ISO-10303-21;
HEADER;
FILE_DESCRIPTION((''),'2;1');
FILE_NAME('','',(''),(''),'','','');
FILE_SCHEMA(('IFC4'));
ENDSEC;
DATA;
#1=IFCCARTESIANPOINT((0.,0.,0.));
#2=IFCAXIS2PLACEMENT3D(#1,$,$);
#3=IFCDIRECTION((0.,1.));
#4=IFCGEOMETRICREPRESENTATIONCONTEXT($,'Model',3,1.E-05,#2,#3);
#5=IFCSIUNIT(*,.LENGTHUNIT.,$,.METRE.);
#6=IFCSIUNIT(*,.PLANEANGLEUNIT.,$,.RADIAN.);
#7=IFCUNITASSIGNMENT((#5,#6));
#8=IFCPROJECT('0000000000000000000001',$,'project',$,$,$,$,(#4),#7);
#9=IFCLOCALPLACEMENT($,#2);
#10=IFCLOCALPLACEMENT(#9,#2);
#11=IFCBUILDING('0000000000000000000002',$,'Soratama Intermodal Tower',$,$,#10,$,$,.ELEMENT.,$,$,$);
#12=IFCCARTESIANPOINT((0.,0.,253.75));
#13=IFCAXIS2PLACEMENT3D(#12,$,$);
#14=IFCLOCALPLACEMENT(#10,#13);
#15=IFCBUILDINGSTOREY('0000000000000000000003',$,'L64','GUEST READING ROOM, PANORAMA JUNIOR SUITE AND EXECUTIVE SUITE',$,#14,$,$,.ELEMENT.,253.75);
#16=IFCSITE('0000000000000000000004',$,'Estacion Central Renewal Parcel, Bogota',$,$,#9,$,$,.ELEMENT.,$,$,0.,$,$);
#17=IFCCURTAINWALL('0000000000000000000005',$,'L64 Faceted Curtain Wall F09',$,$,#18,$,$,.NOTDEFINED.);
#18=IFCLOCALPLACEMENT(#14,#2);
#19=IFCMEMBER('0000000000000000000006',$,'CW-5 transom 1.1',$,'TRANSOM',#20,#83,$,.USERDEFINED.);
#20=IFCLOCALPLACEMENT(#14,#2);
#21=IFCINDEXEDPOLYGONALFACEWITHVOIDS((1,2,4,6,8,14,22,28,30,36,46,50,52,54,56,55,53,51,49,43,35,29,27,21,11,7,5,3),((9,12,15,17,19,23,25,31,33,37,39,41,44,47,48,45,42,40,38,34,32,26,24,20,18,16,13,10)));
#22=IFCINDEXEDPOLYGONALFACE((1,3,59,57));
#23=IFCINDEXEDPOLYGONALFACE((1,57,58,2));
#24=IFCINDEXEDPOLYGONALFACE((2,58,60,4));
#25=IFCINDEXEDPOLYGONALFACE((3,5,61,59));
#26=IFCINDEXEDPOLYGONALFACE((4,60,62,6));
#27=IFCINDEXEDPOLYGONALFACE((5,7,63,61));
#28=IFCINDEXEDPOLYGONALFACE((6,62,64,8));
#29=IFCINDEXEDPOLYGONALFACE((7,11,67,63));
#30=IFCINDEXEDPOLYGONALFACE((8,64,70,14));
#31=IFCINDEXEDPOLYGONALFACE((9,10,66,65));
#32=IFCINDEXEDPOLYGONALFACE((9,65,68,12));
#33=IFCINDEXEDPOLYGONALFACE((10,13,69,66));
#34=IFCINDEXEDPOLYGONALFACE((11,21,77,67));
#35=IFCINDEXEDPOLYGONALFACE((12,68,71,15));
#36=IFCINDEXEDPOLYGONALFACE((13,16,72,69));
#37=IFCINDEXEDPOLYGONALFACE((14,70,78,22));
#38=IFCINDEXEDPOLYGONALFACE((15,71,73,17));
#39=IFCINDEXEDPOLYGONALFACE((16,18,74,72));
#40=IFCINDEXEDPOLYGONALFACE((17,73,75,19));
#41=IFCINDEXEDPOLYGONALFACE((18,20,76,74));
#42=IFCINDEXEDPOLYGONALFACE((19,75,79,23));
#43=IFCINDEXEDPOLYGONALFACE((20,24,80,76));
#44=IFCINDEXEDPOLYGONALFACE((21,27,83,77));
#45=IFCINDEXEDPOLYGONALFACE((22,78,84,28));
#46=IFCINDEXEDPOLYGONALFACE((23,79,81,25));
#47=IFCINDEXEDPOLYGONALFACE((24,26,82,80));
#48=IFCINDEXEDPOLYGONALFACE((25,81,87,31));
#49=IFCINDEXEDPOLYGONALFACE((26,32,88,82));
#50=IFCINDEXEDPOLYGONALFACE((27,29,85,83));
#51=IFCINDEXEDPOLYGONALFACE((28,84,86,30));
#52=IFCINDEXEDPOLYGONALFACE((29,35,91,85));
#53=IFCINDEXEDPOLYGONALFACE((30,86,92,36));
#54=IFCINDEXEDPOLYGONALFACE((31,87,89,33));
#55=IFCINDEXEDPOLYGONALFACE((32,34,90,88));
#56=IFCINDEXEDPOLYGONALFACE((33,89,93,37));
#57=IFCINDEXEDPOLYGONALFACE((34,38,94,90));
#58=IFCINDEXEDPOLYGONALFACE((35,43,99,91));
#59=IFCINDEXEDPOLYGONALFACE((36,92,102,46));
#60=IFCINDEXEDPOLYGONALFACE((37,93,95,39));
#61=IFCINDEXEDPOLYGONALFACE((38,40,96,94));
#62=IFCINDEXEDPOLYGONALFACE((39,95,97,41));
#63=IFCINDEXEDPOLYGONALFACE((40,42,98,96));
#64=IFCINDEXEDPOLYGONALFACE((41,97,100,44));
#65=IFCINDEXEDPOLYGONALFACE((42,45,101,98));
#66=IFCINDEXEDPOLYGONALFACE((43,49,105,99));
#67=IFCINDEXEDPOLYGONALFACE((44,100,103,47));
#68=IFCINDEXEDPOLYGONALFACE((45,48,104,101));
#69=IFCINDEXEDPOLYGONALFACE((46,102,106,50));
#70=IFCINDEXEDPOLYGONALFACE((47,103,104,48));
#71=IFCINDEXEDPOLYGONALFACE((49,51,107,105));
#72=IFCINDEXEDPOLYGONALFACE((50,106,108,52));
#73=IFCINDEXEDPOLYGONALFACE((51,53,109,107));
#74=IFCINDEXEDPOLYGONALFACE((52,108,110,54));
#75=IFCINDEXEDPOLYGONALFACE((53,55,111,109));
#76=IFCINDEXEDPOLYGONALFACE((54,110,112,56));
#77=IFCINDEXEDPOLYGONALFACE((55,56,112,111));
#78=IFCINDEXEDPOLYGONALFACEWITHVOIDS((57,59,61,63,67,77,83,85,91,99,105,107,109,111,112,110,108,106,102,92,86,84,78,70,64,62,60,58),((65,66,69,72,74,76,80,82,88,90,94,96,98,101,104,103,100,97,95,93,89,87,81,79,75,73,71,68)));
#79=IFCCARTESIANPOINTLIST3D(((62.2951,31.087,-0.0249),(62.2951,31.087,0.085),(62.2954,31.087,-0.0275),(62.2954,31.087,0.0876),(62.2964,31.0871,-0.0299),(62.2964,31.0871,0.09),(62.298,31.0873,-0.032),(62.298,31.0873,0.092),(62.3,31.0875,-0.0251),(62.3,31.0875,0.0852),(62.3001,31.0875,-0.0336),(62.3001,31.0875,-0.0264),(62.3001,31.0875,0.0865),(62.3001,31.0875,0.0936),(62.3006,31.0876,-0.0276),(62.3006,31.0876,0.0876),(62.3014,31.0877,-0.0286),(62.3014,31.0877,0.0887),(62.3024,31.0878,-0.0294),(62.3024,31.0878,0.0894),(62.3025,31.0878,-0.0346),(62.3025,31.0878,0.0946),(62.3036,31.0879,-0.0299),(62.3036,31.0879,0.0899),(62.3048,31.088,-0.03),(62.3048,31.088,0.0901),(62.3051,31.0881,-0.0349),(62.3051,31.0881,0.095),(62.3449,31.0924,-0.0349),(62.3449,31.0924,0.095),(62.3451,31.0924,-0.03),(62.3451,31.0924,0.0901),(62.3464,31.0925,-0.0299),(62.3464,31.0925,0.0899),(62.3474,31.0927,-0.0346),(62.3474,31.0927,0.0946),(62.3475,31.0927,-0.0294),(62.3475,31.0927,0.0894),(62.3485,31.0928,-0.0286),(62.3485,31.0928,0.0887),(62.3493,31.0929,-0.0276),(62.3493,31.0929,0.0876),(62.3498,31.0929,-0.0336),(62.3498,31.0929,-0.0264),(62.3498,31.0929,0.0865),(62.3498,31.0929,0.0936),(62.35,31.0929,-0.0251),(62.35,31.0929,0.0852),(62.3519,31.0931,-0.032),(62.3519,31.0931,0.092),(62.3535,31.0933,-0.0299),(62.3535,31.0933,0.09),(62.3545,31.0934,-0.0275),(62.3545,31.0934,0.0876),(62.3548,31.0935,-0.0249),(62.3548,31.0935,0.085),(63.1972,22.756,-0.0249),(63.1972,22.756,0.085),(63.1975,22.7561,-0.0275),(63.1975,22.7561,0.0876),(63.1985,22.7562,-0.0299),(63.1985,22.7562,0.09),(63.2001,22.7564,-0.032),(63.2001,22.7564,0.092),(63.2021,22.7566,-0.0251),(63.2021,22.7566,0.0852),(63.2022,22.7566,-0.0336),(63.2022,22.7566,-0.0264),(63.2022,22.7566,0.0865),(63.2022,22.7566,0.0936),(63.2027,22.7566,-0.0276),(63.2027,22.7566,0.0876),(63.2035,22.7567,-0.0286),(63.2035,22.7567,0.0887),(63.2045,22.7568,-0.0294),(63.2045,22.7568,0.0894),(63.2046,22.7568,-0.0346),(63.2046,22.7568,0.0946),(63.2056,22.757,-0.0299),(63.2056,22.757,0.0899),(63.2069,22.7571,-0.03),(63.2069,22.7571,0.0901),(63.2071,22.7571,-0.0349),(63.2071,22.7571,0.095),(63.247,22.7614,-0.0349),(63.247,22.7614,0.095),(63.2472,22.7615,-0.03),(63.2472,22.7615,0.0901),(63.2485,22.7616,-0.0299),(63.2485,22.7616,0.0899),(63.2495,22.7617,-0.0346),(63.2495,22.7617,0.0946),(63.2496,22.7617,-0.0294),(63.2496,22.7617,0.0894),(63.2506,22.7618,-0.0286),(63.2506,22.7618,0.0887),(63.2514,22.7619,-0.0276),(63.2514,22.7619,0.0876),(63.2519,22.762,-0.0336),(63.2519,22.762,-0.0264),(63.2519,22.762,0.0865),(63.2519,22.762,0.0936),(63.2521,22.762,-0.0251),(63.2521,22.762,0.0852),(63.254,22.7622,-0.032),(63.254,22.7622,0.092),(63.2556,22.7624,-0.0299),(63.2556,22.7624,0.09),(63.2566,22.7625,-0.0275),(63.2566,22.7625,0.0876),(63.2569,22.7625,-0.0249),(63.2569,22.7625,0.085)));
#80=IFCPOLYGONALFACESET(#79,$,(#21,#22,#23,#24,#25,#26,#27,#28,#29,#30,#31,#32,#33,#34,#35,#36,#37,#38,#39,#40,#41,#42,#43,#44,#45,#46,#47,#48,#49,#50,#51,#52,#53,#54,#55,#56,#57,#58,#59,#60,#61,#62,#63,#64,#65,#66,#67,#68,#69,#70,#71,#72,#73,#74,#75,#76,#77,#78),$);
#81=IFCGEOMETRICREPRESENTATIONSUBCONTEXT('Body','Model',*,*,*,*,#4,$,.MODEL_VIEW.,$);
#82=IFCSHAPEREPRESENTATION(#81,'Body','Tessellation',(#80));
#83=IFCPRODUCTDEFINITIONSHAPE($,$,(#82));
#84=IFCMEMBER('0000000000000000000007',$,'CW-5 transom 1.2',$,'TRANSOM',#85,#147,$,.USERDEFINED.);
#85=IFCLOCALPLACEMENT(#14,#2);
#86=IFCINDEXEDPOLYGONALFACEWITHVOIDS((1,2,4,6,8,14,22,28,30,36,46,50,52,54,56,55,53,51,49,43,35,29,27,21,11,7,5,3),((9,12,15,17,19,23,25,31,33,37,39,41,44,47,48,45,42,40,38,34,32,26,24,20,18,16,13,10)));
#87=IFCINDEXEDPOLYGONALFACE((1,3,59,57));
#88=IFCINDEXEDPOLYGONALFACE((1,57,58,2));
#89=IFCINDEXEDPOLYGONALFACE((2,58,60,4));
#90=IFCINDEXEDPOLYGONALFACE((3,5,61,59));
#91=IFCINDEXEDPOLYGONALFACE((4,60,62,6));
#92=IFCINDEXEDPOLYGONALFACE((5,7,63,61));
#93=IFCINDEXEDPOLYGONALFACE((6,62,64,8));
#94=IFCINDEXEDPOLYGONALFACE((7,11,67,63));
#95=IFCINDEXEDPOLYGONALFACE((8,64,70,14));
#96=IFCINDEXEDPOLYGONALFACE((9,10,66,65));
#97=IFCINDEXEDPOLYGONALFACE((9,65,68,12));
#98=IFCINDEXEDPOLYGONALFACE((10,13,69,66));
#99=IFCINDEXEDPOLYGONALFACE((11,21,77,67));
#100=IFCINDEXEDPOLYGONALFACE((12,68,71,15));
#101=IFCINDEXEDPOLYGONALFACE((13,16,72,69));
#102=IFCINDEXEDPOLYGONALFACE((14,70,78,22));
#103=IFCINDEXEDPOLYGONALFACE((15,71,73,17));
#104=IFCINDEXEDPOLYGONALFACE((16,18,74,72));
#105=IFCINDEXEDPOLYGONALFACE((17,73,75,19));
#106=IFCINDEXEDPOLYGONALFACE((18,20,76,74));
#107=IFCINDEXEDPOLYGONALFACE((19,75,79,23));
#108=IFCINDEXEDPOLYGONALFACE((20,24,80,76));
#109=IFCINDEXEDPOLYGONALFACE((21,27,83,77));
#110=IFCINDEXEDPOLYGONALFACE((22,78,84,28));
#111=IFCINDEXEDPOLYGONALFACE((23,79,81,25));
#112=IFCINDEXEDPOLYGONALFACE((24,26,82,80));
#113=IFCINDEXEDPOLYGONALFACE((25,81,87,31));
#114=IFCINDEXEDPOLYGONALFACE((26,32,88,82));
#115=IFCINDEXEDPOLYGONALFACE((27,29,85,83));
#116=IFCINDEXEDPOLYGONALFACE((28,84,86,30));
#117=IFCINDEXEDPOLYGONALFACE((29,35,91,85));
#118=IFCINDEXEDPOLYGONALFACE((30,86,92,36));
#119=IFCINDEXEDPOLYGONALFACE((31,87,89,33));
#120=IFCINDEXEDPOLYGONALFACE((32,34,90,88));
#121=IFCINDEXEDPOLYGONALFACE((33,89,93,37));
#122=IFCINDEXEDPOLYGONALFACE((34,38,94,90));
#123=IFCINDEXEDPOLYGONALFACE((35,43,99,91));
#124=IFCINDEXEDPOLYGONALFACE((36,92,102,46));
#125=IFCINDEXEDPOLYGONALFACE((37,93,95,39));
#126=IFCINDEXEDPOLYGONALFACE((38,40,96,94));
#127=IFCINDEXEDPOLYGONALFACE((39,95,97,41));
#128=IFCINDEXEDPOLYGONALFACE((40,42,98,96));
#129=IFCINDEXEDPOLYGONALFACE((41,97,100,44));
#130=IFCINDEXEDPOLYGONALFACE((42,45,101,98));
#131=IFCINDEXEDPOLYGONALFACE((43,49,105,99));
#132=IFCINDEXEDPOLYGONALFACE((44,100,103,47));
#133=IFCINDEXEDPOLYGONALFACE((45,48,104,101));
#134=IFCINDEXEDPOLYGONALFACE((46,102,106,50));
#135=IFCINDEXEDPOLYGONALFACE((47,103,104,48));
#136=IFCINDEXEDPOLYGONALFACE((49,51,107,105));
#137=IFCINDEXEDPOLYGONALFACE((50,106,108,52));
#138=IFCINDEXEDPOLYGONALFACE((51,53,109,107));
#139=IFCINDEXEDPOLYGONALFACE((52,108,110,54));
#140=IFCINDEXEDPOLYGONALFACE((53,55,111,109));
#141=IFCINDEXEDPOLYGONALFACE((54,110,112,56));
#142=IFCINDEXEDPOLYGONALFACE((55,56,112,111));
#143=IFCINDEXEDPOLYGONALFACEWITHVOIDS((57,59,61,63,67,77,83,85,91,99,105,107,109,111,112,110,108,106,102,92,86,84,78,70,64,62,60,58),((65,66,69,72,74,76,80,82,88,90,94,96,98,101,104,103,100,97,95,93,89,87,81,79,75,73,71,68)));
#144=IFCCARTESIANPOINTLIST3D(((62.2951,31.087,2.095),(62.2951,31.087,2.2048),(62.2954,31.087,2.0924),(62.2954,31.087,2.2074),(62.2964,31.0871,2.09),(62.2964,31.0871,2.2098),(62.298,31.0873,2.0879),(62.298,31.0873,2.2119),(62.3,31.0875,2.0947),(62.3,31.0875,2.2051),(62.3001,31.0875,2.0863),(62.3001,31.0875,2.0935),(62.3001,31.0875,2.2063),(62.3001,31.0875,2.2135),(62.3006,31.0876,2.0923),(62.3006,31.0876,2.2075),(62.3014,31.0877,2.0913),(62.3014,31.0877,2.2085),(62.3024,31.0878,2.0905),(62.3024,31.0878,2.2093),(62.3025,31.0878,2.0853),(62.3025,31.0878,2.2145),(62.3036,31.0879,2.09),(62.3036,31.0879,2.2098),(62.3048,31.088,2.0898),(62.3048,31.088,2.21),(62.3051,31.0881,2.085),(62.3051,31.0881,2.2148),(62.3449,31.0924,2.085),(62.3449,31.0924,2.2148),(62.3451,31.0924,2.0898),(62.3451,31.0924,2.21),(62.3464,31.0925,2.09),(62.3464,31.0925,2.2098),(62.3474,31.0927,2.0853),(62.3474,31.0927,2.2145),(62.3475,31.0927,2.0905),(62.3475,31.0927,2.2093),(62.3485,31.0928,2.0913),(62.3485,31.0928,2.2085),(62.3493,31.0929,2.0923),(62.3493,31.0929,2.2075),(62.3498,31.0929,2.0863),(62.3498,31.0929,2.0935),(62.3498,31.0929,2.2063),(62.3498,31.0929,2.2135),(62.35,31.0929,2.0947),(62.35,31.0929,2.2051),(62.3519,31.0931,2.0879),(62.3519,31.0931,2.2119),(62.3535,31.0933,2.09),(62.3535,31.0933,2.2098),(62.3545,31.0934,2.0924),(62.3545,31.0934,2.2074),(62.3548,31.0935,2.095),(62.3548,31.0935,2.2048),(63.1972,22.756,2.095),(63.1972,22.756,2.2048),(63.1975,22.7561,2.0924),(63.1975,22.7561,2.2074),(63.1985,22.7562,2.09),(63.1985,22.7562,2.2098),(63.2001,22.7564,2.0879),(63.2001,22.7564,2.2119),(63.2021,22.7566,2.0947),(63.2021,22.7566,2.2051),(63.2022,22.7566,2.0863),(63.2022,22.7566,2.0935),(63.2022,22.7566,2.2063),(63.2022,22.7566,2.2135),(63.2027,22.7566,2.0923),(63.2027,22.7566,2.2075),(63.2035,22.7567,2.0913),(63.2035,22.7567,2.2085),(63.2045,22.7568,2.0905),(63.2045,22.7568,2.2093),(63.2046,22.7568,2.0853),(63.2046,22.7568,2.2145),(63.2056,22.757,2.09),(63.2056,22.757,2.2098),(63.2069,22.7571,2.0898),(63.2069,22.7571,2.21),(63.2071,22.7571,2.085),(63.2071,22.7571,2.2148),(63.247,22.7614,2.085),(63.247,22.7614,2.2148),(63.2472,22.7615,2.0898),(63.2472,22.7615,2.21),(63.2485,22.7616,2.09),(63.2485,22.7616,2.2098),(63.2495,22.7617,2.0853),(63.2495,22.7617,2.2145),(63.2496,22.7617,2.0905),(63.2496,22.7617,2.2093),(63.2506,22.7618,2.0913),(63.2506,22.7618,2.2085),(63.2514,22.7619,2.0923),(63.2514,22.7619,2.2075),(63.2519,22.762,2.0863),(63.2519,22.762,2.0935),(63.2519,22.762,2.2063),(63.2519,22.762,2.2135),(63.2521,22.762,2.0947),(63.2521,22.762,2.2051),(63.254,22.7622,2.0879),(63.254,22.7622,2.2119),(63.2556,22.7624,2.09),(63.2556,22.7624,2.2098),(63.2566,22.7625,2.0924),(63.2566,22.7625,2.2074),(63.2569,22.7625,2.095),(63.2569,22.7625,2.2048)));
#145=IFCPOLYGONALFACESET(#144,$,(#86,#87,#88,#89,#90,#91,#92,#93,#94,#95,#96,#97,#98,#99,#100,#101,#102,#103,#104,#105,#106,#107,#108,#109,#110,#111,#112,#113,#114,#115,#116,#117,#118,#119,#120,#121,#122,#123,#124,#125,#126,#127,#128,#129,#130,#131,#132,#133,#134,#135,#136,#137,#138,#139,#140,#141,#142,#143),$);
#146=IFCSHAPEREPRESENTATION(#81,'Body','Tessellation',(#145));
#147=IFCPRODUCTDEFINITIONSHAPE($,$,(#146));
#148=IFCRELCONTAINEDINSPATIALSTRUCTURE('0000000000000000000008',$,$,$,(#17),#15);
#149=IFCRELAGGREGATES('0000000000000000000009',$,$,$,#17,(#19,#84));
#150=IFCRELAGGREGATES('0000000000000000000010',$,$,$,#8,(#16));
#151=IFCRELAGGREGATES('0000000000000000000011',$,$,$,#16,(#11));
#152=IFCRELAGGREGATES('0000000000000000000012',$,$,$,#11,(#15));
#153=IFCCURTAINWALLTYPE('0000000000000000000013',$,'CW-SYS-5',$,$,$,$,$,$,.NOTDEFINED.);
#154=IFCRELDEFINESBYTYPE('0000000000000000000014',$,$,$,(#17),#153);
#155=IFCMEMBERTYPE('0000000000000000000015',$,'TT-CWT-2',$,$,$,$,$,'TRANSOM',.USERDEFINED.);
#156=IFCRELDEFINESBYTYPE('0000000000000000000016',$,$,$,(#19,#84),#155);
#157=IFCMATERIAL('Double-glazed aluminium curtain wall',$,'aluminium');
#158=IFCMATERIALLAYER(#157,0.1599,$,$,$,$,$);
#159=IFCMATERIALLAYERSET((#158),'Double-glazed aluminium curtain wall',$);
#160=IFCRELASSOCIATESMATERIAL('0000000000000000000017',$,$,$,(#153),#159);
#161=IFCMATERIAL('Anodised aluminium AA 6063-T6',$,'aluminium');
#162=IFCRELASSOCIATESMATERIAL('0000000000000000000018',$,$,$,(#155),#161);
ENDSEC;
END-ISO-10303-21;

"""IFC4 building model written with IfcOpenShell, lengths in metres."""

from ifc_helpers import new_model, si_unit, direction, frame, origin, origin_2d, place, context, subcontext, project, spatial, hollow_rectangle, extrude, material, layer, layer_set, material_profile, profile_set, type_object, element, aggregate, save


model = new_model("IFC4")

# Units and contexts
model_context = context("Model", 3, precision=1e-05, world=origin(), true_north=direction((0.0, 1.0)))
body_context = subcontext(model_context, "Body", "Model", "MODEL_VIEW")
ifc_project = project(units=[si_unit("LENGTHUNIT", "METRE"), si_unit("PLANEANGLEUNIT", "RADIAN")], contexts=[model_context])

# Site, building, storey
site_placement = place(None, origin())
site = spatial("IfcSite", under=ifc_project, at=site_placement, Name="Estacion Central Renewal Parcel, Bogota", CompositionType="ELEMENT", RefElevation=0.0)
building_placement = place(site_placement, origin())
building = spatial("IfcBuilding", under=site, at=building_placement, Name="Soratama Intermodal Tower", CompositionType="ELEMENT")
storey_placement = place(building_placement, frame((0.0, 0.0, 253.75)))
storey = spatial("IfcBuildingStorey", under=building, at=storey_placement, Name="L64", Description="GUEST READING ROOM, PANORAMA JUNIOR SUITE AND EXECUTIVE SUITE", CompositionType="ELEMENT", Elevation=253.75)

# Shared definitions
ifc_material_1 = material(Name="Double-glazed aluminium curtain wall", Category="aluminium")
ifc_layer_1 = layer(ifc_material_1, 0.1599)
ifc_layer_set_1 = layer_set([ifc_layer_1], Name="Double-glazed aluminium curtain wall")
curtain_wall_type = type_object("IfcCurtainWallType", Name="CW-SYS-5", PredefinedType="NOTDEFINED", material=ifc_layer_set_1)

# Curtain wall, members
curtain_wall_1_placement = place(storey_placement, origin())
curtain_wall_1 = element("IfcCurtainWall", 1, at=curtain_wall_1_placement, inside=storey, type_object=curtain_wall_type, Name="L64 Faceted Curtain Wall F09", PredefinedType="NOTDEFINED")
ifc_material_2 = material(Name="Anodised aluminium AA 6063-T6", Category="aluminium")
ifc_material_profile_1 = material_profile(ifc_material_2, hollow_rectangle(XDim=0.0601, YDim=0.1299, WallThickness=0.0049, InnerFilletRadius=0.0049, OuterFilletRadius=0.01, at=origin_2d()), Name="CWT130X60X5")
ifc_profile_set_1 = profile_set([ifc_material_profile_1], Name="Anodised aluminium AA 6063-T6")
member_type_1 = type_object("IfcMemberType", Name="TT-CWT-2", ElementType="TRANSOM", PredefinedType="USERDEFINED", material=ifc_profile_set_1)
member_1_placement = place(storey_placement, frame((63.2271, 22.7593, 0.03), z_axis=(-0.107652, 0.994189, 0.0), x_axis=(-0.994189, -0.107652, 0.0)))
member_1 = element("IfcMember", 2, at=member_1_placement, type_object=member_type_1, Name="CW-5 transom 1.1", ObjectType="TRANSOM", PredefinedType="USERDEFINED", context=body_context, shape_type="SweptSolid", body=[
    extrude(hollow_rectangle(XDim=0.0601, YDim=0.1299, WallThickness=0.0049, InnerFilletRadius=0.0049, OuterFilletRadius=0.01, at=origin_2d()), origin(), (0.0, 0.0, 1.0), 8.3796),
])
member_2_placement = place(storey_placement, frame((63.2271, 22.7593, 2.1499), z_axis=(-0.107652, 0.994189, 0.0), x_axis=(-0.994189, -0.107652, 0.0)))
member_2 = element("IfcMember", 3, at=member_2_placement, type_object=member_type_1, Name="CW-5 transom 1.2", ObjectType="TRANSOM", PredefinedType="USERDEFINED", context=body_context, shape_type="SweptSolid", body=[
    extrude(hollow_rectangle(XDim=0.0601, YDim=0.1299, WallThickness=0.0049, InnerFilletRadius=0.0049, OuterFilletRadius=0.01, at=origin_2d()), origin(), (0.0, 0.0, 1.0), 8.3796),
])
aggregate(curtain_wall_1, [member_1, member_2])

save(model, "model.ifc")
